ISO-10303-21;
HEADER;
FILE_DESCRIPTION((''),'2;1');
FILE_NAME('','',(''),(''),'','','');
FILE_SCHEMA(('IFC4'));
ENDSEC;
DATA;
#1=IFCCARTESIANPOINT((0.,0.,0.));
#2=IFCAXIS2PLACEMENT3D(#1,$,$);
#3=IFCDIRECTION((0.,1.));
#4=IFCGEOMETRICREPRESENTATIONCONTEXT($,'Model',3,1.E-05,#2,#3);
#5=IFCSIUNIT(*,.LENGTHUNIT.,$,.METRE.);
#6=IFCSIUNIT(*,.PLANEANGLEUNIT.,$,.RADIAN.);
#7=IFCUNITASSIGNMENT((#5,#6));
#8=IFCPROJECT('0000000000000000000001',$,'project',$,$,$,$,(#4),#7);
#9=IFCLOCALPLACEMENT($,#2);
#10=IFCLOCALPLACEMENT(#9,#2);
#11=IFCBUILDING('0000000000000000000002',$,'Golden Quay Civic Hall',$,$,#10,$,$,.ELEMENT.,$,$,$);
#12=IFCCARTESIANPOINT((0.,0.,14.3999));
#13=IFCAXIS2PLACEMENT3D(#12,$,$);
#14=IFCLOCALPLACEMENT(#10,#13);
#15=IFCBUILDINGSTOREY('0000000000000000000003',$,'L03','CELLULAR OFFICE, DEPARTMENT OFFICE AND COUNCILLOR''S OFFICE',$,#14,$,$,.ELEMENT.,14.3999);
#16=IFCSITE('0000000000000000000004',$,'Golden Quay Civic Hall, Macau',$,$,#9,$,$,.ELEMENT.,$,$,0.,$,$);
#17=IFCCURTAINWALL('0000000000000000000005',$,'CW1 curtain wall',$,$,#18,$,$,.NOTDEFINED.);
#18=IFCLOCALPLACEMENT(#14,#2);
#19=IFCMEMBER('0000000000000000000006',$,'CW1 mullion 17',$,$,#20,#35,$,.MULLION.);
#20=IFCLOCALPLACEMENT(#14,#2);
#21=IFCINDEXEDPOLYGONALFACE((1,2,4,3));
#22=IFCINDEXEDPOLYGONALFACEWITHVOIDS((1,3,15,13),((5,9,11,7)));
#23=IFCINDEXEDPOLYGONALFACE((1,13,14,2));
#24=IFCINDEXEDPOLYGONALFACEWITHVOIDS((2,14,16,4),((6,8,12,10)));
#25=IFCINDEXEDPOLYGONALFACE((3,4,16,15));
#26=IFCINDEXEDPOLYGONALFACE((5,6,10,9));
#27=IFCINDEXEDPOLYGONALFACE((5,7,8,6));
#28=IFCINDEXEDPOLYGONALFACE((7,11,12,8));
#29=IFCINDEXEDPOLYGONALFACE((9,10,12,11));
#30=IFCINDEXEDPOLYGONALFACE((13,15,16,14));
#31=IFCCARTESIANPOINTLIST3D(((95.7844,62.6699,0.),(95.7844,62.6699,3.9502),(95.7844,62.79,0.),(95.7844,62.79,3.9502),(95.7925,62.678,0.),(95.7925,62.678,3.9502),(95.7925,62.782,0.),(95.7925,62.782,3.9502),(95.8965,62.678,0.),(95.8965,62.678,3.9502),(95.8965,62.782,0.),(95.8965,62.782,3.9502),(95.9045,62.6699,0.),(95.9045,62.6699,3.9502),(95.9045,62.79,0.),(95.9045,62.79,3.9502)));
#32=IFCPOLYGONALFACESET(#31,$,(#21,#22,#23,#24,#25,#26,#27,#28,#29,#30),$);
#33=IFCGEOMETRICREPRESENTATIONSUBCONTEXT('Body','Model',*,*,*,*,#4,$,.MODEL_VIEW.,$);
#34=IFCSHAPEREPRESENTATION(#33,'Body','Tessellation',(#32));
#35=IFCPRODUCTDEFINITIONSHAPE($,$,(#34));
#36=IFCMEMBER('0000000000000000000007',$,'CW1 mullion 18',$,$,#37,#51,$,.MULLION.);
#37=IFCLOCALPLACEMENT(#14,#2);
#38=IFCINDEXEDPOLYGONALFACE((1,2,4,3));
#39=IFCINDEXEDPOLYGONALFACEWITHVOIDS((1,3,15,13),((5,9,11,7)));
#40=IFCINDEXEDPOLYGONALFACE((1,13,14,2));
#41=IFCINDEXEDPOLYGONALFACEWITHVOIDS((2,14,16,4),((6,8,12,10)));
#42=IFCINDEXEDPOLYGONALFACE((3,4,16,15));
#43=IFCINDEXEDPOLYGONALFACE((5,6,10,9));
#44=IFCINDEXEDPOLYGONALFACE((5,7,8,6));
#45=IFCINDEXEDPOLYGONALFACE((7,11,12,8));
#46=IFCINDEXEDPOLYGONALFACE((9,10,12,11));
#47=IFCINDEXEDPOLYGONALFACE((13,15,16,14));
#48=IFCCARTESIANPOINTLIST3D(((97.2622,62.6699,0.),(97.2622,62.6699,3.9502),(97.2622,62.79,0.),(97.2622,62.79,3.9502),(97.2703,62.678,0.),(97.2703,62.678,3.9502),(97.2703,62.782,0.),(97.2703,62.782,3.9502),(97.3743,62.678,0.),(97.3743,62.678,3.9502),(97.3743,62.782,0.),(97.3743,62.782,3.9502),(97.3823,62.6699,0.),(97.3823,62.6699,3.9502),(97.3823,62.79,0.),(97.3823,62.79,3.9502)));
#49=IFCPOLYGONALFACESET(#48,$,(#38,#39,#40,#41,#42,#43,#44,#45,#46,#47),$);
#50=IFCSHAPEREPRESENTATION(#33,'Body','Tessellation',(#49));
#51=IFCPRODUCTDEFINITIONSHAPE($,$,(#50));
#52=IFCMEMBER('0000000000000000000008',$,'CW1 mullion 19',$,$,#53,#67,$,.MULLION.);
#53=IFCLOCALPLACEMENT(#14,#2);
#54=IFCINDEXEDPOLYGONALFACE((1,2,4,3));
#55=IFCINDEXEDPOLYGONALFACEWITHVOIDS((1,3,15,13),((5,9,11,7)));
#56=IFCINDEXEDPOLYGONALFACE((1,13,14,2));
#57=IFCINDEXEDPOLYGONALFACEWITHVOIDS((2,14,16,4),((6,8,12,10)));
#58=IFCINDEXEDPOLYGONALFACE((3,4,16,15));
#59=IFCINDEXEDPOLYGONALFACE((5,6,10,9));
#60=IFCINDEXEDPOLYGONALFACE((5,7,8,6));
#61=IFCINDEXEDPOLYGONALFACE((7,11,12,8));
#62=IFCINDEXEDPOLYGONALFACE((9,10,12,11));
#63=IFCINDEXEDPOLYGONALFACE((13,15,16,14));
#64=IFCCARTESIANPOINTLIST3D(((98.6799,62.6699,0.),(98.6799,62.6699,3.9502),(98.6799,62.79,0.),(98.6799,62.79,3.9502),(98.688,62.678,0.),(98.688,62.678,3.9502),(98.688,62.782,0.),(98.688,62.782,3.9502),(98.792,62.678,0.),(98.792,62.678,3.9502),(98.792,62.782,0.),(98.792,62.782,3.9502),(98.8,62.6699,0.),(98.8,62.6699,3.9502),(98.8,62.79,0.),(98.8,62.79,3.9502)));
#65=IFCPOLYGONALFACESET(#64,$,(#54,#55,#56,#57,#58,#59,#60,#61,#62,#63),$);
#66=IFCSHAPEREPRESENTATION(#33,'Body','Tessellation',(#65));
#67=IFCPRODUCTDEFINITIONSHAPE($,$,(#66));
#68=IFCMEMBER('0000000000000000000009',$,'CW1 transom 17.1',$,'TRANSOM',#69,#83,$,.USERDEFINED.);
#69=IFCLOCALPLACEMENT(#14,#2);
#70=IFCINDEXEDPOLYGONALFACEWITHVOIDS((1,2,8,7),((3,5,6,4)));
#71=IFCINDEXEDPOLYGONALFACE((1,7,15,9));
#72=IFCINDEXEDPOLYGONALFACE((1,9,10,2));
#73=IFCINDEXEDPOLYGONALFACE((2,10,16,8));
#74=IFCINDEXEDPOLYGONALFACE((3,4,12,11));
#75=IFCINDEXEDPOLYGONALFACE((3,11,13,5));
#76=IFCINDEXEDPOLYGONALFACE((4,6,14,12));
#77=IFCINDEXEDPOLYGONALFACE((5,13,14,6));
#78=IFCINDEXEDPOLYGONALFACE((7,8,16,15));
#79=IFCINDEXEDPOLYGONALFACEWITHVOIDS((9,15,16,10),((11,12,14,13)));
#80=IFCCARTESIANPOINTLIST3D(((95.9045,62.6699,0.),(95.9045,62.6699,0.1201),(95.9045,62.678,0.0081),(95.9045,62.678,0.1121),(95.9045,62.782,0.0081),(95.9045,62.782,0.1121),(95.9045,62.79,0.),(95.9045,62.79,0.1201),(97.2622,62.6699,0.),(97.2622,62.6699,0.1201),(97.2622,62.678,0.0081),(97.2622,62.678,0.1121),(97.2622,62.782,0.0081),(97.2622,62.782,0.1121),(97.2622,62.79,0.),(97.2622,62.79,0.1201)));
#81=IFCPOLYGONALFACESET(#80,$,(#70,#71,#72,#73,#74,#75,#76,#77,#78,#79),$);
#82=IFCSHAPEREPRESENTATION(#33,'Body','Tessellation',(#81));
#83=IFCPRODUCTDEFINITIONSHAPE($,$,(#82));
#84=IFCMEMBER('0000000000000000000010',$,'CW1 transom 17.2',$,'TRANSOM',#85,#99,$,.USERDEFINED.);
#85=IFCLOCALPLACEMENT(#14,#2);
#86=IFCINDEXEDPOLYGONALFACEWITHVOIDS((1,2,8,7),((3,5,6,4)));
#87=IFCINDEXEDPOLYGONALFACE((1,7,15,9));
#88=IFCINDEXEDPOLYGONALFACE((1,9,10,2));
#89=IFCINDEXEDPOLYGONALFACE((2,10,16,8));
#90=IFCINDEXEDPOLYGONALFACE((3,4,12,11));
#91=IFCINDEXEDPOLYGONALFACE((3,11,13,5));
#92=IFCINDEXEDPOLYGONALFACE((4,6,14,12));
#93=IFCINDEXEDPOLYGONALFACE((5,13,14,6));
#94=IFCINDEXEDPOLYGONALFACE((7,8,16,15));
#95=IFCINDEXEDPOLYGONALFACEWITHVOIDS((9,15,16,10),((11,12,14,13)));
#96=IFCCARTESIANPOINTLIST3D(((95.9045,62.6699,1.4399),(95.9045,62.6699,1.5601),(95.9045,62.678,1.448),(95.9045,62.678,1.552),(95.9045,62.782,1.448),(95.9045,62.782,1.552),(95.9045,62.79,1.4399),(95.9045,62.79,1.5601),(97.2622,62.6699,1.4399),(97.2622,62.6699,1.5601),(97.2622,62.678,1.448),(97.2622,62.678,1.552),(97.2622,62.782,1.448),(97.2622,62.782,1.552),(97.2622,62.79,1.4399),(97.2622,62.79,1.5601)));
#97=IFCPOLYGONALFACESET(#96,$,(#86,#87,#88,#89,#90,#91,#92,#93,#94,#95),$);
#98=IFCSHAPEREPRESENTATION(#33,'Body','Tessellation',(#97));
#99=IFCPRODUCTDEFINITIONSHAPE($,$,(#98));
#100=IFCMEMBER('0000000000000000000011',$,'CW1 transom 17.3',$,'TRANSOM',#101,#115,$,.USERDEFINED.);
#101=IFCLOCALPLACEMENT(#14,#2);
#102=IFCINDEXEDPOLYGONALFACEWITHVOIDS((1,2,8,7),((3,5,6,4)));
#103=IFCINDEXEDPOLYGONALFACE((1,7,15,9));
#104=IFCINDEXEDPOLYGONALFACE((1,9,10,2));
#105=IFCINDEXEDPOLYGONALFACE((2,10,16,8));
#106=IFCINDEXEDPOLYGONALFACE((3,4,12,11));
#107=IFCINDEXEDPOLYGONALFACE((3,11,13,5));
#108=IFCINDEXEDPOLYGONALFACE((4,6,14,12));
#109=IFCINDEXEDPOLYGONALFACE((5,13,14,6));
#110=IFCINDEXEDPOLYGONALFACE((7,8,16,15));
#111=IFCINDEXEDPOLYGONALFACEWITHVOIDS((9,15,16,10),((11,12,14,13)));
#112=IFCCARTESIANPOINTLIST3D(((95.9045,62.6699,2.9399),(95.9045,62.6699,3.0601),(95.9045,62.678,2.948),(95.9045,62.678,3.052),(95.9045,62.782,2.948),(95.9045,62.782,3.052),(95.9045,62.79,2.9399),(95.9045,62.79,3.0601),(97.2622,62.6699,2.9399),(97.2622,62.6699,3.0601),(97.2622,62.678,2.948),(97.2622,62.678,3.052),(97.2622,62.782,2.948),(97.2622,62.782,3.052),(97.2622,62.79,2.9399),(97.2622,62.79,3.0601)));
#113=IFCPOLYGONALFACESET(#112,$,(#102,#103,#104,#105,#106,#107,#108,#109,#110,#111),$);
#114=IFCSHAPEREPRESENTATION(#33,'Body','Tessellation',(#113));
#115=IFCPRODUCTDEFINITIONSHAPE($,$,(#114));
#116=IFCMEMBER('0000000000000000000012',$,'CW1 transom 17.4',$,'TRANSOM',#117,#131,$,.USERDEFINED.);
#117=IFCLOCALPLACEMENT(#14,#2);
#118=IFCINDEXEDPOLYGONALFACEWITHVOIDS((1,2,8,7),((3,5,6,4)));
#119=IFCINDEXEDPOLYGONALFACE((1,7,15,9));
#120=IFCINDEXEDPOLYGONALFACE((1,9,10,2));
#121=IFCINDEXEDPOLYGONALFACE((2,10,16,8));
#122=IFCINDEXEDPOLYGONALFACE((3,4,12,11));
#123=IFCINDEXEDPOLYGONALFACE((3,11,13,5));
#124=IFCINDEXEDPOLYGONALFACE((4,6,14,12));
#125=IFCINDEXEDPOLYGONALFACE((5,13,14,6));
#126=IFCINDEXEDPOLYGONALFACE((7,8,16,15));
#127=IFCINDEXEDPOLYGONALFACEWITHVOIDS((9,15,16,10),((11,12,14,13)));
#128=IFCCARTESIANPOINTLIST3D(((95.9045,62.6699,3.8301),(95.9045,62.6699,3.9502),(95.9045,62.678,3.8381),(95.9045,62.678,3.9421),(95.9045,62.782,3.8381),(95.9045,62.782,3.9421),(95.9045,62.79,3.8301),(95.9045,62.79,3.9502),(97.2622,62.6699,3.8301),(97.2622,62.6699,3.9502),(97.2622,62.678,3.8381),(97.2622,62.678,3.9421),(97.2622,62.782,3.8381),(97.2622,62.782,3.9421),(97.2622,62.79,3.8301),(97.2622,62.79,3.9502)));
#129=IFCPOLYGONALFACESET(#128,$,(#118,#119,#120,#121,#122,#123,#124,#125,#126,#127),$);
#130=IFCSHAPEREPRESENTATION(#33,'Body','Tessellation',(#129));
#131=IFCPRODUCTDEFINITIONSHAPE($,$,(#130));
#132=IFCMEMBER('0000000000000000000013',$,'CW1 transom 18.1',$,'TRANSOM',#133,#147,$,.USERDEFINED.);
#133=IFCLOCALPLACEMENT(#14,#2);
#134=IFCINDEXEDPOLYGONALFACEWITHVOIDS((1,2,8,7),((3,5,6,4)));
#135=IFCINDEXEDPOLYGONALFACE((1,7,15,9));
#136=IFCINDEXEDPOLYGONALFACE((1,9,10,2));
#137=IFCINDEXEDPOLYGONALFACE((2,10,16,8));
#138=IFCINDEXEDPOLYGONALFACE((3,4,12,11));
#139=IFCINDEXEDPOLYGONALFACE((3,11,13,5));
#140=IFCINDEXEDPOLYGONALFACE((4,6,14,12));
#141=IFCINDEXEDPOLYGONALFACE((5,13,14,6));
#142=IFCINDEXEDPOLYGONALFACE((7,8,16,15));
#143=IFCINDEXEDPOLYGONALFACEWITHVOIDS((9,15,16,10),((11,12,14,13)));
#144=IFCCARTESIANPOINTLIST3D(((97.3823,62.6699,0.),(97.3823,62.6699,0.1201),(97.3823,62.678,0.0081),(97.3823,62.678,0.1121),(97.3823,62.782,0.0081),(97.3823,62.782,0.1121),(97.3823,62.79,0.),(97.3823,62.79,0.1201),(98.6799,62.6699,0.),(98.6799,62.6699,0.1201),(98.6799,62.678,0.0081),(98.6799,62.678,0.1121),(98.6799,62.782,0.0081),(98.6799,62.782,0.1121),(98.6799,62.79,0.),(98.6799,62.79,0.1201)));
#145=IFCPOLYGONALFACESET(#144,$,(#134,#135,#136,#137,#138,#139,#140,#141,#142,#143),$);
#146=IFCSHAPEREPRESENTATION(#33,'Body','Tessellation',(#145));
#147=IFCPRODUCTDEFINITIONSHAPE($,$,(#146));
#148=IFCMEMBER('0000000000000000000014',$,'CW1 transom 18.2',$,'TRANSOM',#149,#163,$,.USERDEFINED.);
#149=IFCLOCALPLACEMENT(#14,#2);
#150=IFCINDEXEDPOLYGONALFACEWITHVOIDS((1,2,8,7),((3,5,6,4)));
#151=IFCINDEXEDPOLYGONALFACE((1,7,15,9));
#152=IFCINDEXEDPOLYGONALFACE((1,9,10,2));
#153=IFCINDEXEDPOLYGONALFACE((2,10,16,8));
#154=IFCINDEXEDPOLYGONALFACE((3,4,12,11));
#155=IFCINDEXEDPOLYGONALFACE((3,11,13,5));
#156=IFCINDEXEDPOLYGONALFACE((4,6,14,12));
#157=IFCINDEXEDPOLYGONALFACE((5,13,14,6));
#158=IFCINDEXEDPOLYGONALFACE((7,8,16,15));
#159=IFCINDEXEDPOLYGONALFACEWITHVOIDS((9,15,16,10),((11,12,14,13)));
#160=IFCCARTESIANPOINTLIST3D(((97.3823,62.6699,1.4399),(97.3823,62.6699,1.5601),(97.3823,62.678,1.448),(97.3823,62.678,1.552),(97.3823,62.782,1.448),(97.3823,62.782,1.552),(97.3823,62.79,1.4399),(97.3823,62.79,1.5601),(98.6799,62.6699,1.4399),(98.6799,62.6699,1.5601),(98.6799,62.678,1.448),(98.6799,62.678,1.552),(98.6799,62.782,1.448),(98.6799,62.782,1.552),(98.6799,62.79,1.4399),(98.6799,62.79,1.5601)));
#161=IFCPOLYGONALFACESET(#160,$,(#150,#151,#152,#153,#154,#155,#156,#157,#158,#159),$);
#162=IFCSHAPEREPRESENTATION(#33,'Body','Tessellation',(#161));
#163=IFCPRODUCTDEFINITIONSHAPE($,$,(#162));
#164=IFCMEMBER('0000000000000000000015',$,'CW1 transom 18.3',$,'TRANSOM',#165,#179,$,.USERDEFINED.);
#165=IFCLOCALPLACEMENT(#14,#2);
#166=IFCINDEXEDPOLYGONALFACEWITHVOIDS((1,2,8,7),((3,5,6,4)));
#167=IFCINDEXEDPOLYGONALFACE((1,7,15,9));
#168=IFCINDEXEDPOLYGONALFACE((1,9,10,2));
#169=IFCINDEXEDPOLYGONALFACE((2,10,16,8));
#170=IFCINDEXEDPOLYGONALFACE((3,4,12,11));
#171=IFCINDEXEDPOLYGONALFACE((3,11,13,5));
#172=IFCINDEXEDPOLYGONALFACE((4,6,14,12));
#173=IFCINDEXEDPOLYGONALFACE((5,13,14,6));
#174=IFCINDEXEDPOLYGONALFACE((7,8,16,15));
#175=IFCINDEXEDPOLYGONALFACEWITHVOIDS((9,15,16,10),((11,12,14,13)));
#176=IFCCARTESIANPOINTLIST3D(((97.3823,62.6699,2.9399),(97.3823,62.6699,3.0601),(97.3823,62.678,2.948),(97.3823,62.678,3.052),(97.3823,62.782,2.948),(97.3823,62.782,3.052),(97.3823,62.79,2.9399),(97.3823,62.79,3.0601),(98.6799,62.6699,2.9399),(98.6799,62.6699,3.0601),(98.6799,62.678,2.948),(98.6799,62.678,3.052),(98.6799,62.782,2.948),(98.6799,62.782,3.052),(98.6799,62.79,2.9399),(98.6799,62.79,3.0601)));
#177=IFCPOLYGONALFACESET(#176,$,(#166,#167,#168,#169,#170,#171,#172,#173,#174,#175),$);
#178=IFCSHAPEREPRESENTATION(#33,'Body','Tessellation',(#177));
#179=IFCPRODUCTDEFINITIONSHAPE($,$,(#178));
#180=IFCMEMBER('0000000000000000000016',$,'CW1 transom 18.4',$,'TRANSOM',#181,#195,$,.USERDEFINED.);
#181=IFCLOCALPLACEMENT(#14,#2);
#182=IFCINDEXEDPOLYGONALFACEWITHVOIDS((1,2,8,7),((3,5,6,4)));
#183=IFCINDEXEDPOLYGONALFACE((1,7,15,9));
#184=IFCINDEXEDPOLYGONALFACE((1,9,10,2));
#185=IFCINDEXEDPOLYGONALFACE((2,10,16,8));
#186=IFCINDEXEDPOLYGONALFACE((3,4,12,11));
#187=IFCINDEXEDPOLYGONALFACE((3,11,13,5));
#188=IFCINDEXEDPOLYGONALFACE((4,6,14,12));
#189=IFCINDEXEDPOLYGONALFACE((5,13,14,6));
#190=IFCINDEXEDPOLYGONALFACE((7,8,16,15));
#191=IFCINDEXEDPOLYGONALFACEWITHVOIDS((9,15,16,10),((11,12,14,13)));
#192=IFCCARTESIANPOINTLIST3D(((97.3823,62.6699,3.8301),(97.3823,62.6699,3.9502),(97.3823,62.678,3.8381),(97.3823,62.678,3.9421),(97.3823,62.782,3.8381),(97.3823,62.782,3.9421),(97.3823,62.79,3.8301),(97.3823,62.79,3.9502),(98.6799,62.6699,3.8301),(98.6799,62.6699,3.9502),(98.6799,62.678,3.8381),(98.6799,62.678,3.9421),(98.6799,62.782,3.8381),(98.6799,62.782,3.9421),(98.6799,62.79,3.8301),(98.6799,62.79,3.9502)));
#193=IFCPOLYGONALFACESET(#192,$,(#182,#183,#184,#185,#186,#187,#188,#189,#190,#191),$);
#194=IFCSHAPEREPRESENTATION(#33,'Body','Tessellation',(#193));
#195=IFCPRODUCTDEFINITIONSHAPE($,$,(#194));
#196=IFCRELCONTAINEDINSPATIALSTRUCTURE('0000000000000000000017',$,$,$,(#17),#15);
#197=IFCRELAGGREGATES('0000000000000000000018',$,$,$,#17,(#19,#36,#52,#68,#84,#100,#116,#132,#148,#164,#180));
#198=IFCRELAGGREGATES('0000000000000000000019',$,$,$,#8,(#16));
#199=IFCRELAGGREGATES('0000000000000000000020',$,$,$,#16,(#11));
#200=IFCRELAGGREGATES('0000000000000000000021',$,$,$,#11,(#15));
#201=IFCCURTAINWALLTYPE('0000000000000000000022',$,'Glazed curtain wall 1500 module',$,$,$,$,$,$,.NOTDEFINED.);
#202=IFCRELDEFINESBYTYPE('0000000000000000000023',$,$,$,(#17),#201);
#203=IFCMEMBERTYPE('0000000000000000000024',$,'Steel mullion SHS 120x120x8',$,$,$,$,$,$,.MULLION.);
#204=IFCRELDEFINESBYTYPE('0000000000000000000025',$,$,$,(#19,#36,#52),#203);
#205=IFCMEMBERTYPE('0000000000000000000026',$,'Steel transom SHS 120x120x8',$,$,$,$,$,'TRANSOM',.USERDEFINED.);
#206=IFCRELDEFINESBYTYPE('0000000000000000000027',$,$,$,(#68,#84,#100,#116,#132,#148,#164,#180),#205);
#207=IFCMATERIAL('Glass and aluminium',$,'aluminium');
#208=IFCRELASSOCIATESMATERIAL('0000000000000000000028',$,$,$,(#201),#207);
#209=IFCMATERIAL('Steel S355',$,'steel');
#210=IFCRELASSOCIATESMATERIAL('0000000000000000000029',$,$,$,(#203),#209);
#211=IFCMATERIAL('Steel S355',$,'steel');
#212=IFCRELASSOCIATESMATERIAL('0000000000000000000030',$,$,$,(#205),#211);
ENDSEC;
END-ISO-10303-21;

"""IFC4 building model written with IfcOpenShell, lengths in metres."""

from ifc_helpers import new_model, si_unit, direction, frame, origin, origin_2d, place, context, subcontext, project, spatial, hollow_rectangle, extrude, material, material_profile, profile_set, type_object, element, aggregate, save


model = new_model("IFC4")

# Units and contexts
model_context = context("Model", 3, precision=1e-05, world=origin(), true_north=direction((0.0, 1.0)))
body_context = subcontext(model_context, "Body", "Model", "MODEL_VIEW")
ifc_project = project(units=[si_unit("LENGTHUNIT", "METRE"), si_unit("PLANEANGLEUNIT", "RADIAN")], contexts=[model_context])

# Site, building, storey
site_placement = place(None, origin())
site = spatial("IfcSite", under=ifc_project, at=site_placement, Name="Golden Quay Civic Hall, Macau", CompositionType="ELEMENT", RefElevation=0.0)
building_placement = place(site_placement, origin())
building = spatial("IfcBuilding", under=site, at=building_placement, Name="Golden Quay Civic Hall", CompositionType="ELEMENT")
storey_placement = place(building_placement, frame((0.0, 0.0, 14.3999)))
storey = spatial("IfcBuildingStorey", under=building, at=storey_placement, Name="L03", Description="CELLULAR OFFICE, DEPARTMENT OFFICE AND COUNCILLOR'S OFFICE", CompositionType="ELEMENT", Elevation=14.3999)

# Curtain wall, members
ifc_material_1 = material(Name="Glass and aluminium", Category="aluminium")
curtain_wall_type = type_object("IfcCurtainWallType", Name="Glazed curtain wall 1500 module", PredefinedType="NOTDEFINED", material=ifc_material_1)
curtain_wall_1_placement = place(storey_placement, origin())
curtain_wall_1 = element("IfcCurtainWall", 1, at=curtain_wall_1_placement, inside=storey, type_object=curtain_wall_type, Name="CW1 curtain wall", PredefinedType="NOTDEFINED")
ifc_material_2 = material(Name="Steel S355", Category="steel")
ifc_material_profile_1 = material_profile(ifc_material_2, hollow_rectangle(XDim=0.1201, YDim=0.1201, WallThickness=0.0081, at=origin_2d()), Name="SHS 120x120x8")
ifc_profile_set_1 = profile_set([ifc_material_profile_1], Name="Steel S355")
member_type_1 = type_object("IfcMemberType", Name="Steel mullion SHS 120x120x8", PredefinedType="MULLION", material=ifc_profile_set_1)
member_1_placement = place(storey_placement, frame((95.8445, 62.73, 0.0), z_axis=(0.0, 0.0, 1.0), x_axis=(0.0, 1.0, 0.0)))
member_1 = element("IfcMember", 2, at=member_1_placement, type_object=member_type_1, Name="CW1 mullion 17", PredefinedType="MULLION", context=body_context, shape_type="SweptSolid", body=[
    extrude(hollow_rectangle(XDim=0.1201, YDim=0.1201, WallThickness=0.0081, at=origin_2d()), origin(), (0.0, 0.0, 1.0), 3.9502),
])
member_2_placement = place(storey_placement, frame((97.3223, 62.73, 0.0), z_axis=(0.0, 0.0, 1.0), x_axis=(0.0, 1.0, 0.0)))
member_2 = element("IfcMember", 3, at=member_2_placement, type_object=member_type_1, Name="CW1 mullion 18", PredefinedType="MULLION", context=body_context, shape_type="SweptSolid", body=[
    extrude(hollow_rectangle(XDim=0.1201, YDim=0.1201, WallThickness=0.0081, at=origin_2d()), origin(), (0.0, 0.0, 1.0), 3.9502),
])
member_3_placement = place(storey_placement, frame((98.74, 62.73, 0.0), z_axis=(0.0, 0.0, 1.0), x_axis=(0.0, 1.0, 0.0)))
member_3 = element("IfcMember", 4, at=member_3_placement, type_object=member_type_1, Name="CW1 mullion 19", PredefinedType="MULLION", context=body_context, shape_type="SweptSolid", body=[
    extrude(hollow_rectangle(XDim=0.1201, YDim=0.1201, WallThickness=0.0081, at=origin_2d()), origin(), (0.0, 0.0, 1.0), 3.9502),
])
ifc_material_3 = material(Name="Steel S355", Category="steel")
ifc_material_profile_2 = material_profile(ifc_material_3, hollow_rectangle(XDim=0.1201, YDim=0.1201, WallThickness=0.0081, at=origin_2d()), Name="SHS 120x120x8")
ifc_profile_set_2 = profile_set([ifc_material_profile_2], Name="Steel S355")
member_type_2 = type_object("IfcMemberType", Name="Steel transom SHS 120x120x8", ElementType="TRANSOM", PredefinedType="USERDEFINED", material=ifc_profile_set_2)
member_4_placement = place(storey_placement, frame((95.9045, 62.73, 0.0601), z_axis=(1.0, 0.0, 0.0), x_axis=(0.0, 1.0, 0.0)))
member_4 = element("IfcMember", 5, at=member_4_placement, type_object=member_type_2, Name="CW1 transom 17.1", ObjectType="TRANSOM", PredefinedType="USERDEFINED", context=body_context, shape_type="SweptSolid", body=[
    extrude(hollow_rectangle(XDim=0.1201, YDim=0.1201, WallThickness=0.0081, at=origin_2d()), origin(), (0.0, 0.0, 1.0), 1.3577),
])
member_5_placement = place(storey_placement, frame((95.9045, 62.73, 1.5), z_axis=(1.0, 0.0, 0.0), x_axis=(0.0, 1.0, 0.0)))
member_5 = element("IfcMember", 6, at=member_5_placement, type_object=member_type_2, Name="CW1 transom 17.2", ObjectType="TRANSOM", PredefinedType="USERDEFINED", context=body_context, shape_type="SweptSolid", body=[
    extrude(hollow_rectangle(XDim=0.1201, YDim=0.1201, WallThickness=0.0081, at=origin_2d()), origin(), (0.0, 0.0, 1.0), 1.3577),
])
member_6_placement = place(storey_placement, frame((95.9045, 62.73, 3.0), z_axis=(1.0, 0.0, 0.0), x_axis=(0.0, 1.0, 0.0)))
member_6 = element("IfcMember", 7, at=member_6_placement, type_object=member_type_2, Name="CW1 transom 17.3", ObjectType="TRANSOM", PredefinedType="USERDEFINED", context=body_context, shape_type="SweptSolid", body=[
    extrude(hollow_rectangle(XDim=0.1201, YDim=0.1201, WallThickness=0.0081, at=origin_2d()), origin(), (0.0, 0.0, 1.0), 1.3577),
])
member_7_placement = place(storey_placement, frame((95.9045, 62.73, 3.8901), z_axis=(1.0, 0.0, 0.0), x_axis=(0.0, 1.0, 0.0)))
member_7 = element("IfcMember", 8, at=member_7_placement, type_object=member_type_2, Name="CW1 transom 17.4", ObjectType="TRANSOM", PredefinedType="USERDEFINED", context=body_context, shape_type="SweptSolid", body=[
    extrude(hollow_rectangle(XDim=0.1201, YDim=0.1201, WallThickness=0.0081, at=origin_2d()), origin(), (0.0, 0.0, 1.0), 1.3577),
])
member_8_placement = place(storey_placement, frame((97.3823, 62.73, 0.0601), z_axis=(1.0, 0.0, 0.0), x_axis=(0.0, 1.0, 0.0)))
member_8 = element("IfcMember", 9, at=member_8_placement, type_object=member_type_2, Name="CW1 transom 18.1", ObjectType="TRANSOM", PredefinedType="USERDEFINED", context=body_context, shape_type="SweptSolid", body=[
    extrude(hollow_rectangle(XDim=0.1201, YDim=0.1201, WallThickness=0.0081, at=origin_2d()), origin(), (0.0, 0.0, 1.0), 1.2976),
])
member_9_placement = place(storey_placement, frame((97.3823, 62.73, 1.5), z_axis=(1.0, 0.0, 0.0), x_axis=(0.0, 1.0, 0.0)))
member_9 = element("IfcMember", 10, at=member_9_placement, type_object=member_type_2, Name="CW1 transom 18.2", ObjectType="TRANSOM", PredefinedType="USERDEFINED", context=body_context, shape_type="SweptSolid", body=[
    extrude(hollow_rectangle(XDim=0.1201, YDim=0.1201, WallThickness=0.0081, at=origin_2d()), origin(), (0.0, 0.0, 1.0), 1.2976),
])
member_10_placement = place(storey_placement, frame((97.3823, 62.73, 3.0), z_axis=(1.0, 0.0, 0.0), x_axis=(0.0, 1.0, 0.0)))
member_10 = element("IfcMember", 11, at=member_10_placement, type_object=member_type_2, Name="CW1 transom 18.3", ObjectType="TRANSOM", PredefinedType="USERDEFINED", context=body_context, shape_type="SweptSolid", body=[
    extrude(hollow_rectangle(XDim=0.1201, YDim=0.1201, WallThickness=0.0081, at=origin_2d()), origin(), (0.0, 0.0, 1.0), 1.2976),
])
member_11_placement = place(storey_placement, frame((97.3823, 62.73, 3.8901), z_axis=(1.0, 0.0, 0.0), x_axis=(0.0, 1.0, 0.0)))
member_11 = element("IfcMember", 12, at=member_11_placement, type_object=member_type_2, Name="CW1 transom 18.4", ObjectType="TRANSOM", PredefinedType="USERDEFINED", context=body_context, shape_type="SweptSolid", body=[
    extrude(hollow_rectangle(XDim=0.1201, YDim=0.1201, WallThickness=0.0081, at=origin_2d()), origin(), (0.0, 0.0, 1.0), 1.2976),
])

aggregate(curtain_wall_1, [member_1, member_2, member_3, member_4, member_5, member_6, member_7, member_8, member_9, member_10, member_11])

save(model, "model.ifc")
